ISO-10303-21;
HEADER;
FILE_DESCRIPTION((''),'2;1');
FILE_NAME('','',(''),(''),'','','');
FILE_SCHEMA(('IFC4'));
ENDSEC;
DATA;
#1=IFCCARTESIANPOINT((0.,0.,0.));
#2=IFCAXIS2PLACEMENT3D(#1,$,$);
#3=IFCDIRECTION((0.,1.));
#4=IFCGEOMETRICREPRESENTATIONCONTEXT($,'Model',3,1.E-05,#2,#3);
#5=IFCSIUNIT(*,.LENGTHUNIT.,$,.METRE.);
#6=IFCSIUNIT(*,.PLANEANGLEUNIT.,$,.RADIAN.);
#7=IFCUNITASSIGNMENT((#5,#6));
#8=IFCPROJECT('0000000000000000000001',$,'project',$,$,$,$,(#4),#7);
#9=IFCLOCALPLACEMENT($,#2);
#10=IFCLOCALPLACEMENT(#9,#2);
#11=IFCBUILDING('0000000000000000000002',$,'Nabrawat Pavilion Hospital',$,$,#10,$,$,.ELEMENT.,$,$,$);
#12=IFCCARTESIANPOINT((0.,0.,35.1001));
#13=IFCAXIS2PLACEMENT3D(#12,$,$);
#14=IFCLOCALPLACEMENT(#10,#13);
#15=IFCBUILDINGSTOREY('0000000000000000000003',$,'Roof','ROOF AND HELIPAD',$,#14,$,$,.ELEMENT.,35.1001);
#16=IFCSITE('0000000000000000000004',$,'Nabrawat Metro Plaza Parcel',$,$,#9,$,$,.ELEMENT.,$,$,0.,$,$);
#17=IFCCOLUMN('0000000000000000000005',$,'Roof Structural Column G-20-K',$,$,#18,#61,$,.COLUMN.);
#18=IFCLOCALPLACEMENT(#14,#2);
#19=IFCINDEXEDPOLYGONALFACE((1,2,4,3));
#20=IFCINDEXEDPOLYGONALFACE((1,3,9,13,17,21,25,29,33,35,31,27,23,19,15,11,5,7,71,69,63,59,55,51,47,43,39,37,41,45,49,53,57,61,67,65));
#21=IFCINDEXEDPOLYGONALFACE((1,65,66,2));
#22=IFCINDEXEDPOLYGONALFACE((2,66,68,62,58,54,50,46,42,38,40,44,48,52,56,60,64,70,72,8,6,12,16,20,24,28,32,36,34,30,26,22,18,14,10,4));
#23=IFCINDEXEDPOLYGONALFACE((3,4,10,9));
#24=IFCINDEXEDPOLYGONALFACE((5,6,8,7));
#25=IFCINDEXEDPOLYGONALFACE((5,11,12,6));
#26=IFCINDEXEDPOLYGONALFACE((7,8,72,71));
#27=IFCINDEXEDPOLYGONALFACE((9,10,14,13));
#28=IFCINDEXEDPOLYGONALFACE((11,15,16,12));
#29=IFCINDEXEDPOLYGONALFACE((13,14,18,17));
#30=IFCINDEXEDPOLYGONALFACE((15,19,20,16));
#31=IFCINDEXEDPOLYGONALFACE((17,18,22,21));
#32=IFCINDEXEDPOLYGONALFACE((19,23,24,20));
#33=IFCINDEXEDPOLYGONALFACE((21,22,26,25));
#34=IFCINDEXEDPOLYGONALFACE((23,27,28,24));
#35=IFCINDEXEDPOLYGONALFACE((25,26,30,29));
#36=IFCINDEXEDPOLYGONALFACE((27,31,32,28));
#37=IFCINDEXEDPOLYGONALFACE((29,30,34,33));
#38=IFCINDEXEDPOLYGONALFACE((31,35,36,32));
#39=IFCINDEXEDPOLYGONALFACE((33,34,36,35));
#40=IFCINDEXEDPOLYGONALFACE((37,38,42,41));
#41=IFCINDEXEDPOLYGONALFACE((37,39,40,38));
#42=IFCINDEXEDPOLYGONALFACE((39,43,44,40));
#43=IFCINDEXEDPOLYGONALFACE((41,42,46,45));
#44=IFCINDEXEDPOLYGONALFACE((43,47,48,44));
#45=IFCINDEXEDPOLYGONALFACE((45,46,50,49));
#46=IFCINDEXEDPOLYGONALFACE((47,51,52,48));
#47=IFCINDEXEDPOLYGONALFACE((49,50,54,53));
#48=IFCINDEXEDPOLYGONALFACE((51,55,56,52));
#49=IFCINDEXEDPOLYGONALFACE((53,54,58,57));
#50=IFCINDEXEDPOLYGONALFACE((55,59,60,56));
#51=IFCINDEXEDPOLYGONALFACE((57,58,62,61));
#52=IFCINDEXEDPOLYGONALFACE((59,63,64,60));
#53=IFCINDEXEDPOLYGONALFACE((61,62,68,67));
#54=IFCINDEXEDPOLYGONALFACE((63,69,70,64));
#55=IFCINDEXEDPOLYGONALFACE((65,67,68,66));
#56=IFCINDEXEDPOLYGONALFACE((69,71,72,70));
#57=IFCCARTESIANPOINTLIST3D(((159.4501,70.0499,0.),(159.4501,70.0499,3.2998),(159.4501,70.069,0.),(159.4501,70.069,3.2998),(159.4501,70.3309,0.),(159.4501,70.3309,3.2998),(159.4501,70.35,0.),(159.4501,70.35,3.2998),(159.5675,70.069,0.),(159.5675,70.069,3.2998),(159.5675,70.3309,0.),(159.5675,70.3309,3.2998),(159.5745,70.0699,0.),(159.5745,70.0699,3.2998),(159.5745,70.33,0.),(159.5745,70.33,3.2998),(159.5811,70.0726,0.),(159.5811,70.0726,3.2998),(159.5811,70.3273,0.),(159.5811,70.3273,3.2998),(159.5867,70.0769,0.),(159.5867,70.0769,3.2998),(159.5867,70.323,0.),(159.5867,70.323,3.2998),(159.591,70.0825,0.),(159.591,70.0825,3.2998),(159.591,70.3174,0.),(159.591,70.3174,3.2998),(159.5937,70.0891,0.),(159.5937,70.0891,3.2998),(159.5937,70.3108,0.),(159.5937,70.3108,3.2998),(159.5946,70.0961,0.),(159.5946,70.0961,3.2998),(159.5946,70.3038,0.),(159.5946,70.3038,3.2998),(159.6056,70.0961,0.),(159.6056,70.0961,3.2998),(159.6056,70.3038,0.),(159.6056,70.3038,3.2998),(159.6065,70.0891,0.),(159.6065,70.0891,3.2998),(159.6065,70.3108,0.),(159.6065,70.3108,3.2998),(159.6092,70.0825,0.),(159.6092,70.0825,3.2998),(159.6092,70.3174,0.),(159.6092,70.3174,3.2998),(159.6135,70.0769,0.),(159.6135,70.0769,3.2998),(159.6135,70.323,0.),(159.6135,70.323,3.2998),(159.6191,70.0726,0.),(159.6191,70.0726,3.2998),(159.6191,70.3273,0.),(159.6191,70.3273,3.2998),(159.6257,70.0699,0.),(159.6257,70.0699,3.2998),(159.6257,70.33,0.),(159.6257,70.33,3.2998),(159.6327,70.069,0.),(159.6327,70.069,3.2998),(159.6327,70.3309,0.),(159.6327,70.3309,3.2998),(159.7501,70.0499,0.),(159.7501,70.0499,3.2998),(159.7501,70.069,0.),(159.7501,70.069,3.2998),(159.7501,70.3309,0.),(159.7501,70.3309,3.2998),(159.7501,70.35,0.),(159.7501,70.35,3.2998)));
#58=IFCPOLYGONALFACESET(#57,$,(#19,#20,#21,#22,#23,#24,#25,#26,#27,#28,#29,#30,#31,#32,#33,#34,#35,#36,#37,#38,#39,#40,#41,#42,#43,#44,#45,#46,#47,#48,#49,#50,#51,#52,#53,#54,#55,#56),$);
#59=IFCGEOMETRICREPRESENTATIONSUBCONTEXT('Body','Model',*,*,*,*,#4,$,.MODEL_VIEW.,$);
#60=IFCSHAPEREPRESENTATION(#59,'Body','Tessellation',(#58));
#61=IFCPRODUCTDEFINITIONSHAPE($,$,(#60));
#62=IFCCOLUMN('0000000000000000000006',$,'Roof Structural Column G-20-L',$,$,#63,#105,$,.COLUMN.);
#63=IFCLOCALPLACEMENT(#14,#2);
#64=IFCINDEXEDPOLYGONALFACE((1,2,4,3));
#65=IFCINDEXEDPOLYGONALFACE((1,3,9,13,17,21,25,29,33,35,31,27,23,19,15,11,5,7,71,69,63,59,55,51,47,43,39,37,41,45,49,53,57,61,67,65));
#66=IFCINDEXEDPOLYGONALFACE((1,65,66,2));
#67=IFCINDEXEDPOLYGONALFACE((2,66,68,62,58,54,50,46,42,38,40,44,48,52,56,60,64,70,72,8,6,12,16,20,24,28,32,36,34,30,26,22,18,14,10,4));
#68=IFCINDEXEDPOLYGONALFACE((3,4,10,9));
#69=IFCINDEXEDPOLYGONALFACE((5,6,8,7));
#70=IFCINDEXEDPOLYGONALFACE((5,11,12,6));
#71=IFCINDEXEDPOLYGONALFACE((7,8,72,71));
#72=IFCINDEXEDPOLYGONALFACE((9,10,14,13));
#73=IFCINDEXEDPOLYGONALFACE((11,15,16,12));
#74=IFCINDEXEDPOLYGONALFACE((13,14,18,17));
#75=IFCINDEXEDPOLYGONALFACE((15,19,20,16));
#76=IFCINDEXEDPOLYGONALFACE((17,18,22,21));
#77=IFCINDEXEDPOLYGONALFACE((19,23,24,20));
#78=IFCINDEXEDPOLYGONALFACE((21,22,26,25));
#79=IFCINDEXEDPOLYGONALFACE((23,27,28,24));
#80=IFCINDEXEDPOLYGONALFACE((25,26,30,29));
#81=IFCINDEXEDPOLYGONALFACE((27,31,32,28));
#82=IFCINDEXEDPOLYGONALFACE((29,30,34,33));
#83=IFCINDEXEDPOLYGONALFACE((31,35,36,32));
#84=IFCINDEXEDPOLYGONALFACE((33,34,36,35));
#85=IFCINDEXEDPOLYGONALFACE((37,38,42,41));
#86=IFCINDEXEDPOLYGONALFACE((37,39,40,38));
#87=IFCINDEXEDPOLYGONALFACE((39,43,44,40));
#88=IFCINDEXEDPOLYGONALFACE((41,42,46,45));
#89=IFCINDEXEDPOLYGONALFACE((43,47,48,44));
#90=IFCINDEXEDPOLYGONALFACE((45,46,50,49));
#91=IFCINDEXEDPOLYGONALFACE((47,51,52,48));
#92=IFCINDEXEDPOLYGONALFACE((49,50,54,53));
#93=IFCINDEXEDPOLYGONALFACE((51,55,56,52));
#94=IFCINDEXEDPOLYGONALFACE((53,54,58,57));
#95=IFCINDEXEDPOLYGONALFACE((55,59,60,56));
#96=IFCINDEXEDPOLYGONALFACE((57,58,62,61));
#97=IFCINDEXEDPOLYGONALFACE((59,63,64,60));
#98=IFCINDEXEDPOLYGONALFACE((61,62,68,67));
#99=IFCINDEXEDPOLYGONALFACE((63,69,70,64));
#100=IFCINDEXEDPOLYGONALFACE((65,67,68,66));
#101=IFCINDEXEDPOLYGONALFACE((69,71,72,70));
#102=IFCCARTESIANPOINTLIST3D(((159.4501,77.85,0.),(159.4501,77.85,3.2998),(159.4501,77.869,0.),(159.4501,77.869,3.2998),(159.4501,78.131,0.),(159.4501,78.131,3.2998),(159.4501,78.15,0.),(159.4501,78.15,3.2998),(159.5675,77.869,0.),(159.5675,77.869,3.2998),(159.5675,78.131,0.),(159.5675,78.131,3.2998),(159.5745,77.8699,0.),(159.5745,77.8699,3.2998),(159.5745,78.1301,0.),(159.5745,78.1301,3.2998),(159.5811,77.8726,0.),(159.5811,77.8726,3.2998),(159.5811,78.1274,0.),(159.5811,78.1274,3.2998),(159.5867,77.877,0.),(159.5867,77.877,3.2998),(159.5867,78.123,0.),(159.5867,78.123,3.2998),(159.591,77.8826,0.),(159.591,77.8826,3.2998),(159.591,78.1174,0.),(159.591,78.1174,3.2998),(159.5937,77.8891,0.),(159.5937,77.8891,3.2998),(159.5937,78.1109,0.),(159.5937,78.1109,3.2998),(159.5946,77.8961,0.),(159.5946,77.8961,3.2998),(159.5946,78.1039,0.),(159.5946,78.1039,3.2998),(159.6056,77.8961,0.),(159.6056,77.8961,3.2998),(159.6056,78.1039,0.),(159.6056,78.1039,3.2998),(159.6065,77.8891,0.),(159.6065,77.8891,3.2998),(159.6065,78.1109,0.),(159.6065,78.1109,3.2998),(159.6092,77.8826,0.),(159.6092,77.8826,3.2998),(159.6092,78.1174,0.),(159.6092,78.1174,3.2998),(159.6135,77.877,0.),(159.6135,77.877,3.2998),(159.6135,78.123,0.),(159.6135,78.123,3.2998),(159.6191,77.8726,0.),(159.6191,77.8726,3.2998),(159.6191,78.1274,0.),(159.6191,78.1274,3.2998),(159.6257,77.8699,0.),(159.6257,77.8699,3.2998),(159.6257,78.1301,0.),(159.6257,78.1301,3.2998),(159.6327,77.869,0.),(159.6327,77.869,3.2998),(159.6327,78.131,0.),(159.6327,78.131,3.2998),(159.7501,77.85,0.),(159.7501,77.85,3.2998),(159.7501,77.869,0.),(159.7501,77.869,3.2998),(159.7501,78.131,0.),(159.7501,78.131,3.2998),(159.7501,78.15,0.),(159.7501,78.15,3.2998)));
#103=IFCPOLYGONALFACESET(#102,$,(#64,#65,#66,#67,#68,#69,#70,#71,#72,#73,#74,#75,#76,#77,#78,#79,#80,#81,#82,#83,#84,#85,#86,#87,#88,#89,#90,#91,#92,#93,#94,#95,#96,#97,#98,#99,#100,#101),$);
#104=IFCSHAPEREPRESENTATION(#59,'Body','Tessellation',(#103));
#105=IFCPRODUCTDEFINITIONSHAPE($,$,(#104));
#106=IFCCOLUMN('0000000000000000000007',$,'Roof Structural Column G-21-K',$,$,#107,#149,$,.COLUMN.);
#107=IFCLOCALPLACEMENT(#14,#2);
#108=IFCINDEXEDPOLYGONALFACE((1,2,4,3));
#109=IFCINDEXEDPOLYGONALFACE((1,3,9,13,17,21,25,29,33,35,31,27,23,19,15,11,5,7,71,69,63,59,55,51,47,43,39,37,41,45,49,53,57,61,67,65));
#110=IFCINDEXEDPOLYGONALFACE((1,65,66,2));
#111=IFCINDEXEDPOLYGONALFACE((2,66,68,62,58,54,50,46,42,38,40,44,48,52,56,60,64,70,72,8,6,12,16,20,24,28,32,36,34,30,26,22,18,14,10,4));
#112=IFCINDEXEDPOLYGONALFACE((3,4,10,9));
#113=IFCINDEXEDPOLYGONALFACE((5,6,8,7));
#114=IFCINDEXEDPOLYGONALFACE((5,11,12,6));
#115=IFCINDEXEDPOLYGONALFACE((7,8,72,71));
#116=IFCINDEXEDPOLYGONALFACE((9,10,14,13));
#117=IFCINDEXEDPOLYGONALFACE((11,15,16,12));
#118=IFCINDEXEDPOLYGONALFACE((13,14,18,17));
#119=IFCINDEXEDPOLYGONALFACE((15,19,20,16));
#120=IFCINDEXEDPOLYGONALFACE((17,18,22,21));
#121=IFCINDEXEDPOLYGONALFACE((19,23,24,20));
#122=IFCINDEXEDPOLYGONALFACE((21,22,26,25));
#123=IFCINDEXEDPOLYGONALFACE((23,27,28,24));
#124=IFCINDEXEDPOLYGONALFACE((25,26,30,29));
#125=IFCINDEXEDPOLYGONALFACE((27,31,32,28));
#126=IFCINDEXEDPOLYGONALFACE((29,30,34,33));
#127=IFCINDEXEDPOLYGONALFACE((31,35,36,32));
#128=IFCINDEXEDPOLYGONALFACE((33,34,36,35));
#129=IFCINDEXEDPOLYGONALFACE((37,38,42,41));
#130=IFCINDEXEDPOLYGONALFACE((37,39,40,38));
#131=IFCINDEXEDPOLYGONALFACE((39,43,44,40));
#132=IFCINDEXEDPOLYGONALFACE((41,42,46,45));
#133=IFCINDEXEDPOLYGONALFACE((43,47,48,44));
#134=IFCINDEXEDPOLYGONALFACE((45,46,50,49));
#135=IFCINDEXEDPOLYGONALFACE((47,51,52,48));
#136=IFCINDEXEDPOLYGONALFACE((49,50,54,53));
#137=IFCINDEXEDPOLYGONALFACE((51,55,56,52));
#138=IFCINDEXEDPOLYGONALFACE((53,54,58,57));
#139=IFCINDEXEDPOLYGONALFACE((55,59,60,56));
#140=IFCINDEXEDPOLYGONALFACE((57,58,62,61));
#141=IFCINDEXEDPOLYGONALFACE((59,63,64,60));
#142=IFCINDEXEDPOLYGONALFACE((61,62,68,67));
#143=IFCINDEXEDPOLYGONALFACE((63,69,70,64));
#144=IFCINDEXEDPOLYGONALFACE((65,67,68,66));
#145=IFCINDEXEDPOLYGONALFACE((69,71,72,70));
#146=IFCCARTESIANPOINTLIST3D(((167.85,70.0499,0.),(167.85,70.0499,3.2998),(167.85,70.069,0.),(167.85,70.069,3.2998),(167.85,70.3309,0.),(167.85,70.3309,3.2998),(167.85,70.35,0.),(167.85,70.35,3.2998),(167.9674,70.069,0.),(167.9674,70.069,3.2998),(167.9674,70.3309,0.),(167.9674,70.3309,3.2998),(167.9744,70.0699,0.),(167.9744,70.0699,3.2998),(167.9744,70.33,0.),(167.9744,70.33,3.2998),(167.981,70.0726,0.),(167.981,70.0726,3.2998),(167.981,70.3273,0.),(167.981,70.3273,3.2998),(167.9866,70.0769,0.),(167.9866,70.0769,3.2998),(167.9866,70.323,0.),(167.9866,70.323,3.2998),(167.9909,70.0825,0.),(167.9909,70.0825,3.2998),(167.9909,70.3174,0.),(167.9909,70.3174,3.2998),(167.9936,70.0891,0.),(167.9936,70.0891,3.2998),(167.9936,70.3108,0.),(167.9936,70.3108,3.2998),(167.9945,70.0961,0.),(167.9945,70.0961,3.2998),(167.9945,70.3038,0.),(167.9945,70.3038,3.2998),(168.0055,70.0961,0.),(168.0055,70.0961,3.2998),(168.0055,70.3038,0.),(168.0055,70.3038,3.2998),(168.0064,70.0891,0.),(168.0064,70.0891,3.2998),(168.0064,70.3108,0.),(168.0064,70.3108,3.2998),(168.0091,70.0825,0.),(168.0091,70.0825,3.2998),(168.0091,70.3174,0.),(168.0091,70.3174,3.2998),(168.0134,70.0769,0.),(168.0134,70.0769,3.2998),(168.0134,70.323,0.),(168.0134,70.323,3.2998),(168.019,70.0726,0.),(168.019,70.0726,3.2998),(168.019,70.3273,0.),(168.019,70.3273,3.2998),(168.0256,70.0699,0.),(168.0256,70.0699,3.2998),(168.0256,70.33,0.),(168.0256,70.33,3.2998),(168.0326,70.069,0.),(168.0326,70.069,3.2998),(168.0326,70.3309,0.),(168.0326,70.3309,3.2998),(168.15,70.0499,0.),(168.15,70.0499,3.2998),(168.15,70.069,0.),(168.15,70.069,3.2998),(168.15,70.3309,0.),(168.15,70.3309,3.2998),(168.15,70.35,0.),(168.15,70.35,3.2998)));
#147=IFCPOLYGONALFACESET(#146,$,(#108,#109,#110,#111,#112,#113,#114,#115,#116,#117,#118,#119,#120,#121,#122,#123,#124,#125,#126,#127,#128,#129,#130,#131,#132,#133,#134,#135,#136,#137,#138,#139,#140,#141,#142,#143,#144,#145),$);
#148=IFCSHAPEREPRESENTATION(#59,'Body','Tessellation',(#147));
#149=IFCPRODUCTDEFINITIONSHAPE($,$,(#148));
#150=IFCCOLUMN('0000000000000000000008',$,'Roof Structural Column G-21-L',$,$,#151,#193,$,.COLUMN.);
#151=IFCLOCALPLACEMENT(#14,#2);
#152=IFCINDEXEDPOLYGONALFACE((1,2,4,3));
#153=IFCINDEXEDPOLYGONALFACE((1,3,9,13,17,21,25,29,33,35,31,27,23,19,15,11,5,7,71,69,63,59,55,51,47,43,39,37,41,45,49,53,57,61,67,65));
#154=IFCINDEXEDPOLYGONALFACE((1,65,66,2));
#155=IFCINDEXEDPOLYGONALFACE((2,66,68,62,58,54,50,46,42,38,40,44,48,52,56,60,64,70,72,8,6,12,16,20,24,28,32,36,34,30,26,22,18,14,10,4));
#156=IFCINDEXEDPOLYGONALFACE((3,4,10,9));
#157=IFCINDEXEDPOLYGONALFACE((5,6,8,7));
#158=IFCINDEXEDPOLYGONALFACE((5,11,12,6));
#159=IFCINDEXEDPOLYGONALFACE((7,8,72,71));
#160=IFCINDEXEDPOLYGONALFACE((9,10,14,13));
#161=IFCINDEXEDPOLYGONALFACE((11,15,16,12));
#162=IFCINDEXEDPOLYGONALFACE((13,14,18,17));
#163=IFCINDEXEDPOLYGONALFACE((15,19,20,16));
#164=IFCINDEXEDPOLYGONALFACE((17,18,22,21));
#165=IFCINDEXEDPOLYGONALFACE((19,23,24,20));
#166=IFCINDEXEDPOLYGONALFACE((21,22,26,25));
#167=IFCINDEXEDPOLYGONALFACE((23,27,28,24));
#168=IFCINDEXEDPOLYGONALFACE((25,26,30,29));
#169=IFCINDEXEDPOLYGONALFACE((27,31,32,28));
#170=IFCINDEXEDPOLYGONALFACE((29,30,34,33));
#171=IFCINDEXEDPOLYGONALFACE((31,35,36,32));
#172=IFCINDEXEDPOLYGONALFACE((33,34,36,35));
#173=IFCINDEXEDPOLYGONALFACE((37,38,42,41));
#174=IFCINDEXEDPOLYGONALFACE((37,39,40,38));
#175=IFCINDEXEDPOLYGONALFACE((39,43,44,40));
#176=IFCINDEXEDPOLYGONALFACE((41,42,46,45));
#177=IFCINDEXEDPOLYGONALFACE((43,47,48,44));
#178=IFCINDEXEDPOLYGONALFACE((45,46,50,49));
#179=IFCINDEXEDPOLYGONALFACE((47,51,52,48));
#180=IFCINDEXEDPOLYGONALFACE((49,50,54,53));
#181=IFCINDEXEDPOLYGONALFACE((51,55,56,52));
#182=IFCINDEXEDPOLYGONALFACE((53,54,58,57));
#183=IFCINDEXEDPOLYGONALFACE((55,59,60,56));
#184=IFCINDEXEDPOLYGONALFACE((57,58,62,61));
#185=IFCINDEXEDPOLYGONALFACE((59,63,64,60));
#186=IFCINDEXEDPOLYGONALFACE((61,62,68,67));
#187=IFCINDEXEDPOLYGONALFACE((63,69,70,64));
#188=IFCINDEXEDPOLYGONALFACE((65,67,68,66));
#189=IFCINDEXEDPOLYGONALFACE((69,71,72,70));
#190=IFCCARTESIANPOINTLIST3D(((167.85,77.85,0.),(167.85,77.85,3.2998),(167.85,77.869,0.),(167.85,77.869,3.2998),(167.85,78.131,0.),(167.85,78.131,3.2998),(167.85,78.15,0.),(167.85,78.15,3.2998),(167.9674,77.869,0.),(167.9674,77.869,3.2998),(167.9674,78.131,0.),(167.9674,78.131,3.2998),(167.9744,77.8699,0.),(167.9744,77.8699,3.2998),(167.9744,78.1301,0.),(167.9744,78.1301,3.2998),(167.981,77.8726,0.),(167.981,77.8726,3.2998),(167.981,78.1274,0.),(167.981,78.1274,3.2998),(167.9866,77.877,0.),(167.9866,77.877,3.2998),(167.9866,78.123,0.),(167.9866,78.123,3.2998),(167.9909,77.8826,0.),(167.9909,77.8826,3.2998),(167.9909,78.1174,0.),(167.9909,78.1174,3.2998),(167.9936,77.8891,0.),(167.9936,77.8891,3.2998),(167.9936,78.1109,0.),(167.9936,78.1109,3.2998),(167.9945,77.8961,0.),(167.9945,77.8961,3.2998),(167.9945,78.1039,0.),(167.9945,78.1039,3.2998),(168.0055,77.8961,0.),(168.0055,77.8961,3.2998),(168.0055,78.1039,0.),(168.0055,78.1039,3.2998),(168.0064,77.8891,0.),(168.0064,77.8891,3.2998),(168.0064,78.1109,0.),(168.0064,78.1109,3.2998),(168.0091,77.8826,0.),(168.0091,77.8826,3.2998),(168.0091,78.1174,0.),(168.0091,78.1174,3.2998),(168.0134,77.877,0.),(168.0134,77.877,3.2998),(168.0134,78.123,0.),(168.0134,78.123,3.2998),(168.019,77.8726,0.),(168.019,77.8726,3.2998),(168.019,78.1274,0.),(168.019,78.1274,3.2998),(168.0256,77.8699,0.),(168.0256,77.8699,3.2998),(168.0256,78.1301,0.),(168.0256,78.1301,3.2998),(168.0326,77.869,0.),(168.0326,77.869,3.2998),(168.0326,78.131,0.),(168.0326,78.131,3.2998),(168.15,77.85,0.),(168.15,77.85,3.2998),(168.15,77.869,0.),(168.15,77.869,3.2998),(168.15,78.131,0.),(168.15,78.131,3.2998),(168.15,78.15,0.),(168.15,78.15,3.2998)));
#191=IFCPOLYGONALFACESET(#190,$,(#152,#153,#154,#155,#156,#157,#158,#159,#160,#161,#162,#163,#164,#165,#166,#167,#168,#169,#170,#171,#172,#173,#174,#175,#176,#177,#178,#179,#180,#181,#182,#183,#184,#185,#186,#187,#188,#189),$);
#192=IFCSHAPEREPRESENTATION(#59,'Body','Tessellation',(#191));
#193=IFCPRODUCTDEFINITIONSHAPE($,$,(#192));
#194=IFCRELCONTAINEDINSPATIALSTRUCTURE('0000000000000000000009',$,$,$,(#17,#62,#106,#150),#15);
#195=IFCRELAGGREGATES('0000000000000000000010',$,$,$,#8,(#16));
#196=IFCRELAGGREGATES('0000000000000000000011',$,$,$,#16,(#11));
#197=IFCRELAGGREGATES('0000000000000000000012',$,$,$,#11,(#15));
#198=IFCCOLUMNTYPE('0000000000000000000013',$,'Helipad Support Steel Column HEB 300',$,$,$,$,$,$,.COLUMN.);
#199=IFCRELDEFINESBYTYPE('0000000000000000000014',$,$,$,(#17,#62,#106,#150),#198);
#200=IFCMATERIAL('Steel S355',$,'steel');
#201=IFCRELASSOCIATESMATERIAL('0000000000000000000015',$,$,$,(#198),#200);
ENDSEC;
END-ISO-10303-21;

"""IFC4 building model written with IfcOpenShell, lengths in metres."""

from ifc_helpers import new_model, si_unit, direction, frame, origin, origin_2d, place, context, subcontext, project, spatial, i_section, extrude, material, material_profile, profile_set, type_object, element, save


model = new_model("IFC4")

# Units and contexts
model_context = context("Model", 3, precision=1e-05, world=origin(), true_north=direction((0.0, 1.0)))
body_context = subcontext(model_context, "Body", "Model", "MODEL_VIEW")
ifc_project = project(units=[si_unit("LENGTHUNIT", "METRE"), si_unit("PLANEANGLEUNIT", "RADIAN")], contexts=[model_context])

# Site, building, storey
site_placement = place(None, origin())
site = spatial("IfcSite", under=ifc_project, at=site_placement, Name="Nabrawat Metro Plaza Parcel", CompositionType="ELEMENT", RefElevation=0.0)
building_placement = place(site_placement, origin())
building = spatial("IfcBuilding", under=site, at=building_placement, Name="Nabrawat Pavilion Hospital", CompositionType="ELEMENT")
storey_placement = place(building_placement, frame((0.0, 0.0, 35.1001)))
storey = spatial("IfcBuildingStorey", under=building, at=storey_placement, Name="Roof", Description="ROOF AND HELIPAD", CompositionType="ELEMENT", Elevation=35.1001)

# Columns
ifc_material_1 = material(Name="Steel S355", Category="steel")
ifc_material_profile_1 = material_profile(ifc_material_1, i_section(OverallWidth=0.3, OverallDepth=0.3, WebThickness=0.011, FlangeThickness=0.019, FilletRadius=0.0271, at=origin_2d()), Name="HEB 300")
ifc_profile_set_1 = profile_set([ifc_material_profile_1], Name="Steel S355")
column_type = type_object("IfcColumnType", Name="Helipad Support Steel Column HEB 300", PredefinedType="COLUMN", material=ifc_profile_set_1)
for number, where, z_axis, x_axis, name in (
    (1, (159.6001, 70.2, 0.0), (0.0, 0.0, 1.0), (1.0, 0.0, 0.0), "Roof Structural Column G-20-K"),
    (2, (159.6001, 78.0, 0.0), (0.0, 0.0, 1.0), (1.0, 0.0, 0.0), "Roof Structural Column G-20-L"),
    (3, (168.0, 70.2, 0.0), (0.0, 0.0, 1.0), (1.0, 0.0, 0.0), "Roof Structural Column G-21-K"),
    (4, (168.0, 78.0, 0.0), (0.0, 0.0, 1.0), (1.0, 0.0, 0.0), "Roof Structural Column G-21-L"),
):
    element("IfcColumn", number, at=place(storey_placement, frame(where, z_axis=z_axis, x_axis=x_axis)), inside=storey, type_object=column_type, Name=name, PredefinedType="COLUMN", context=body_context, shape_type="SweptSolid", body=[
        extrude(i_section(OverallWidth=0.3, OverallDepth=0.3, WebThickness=0.011, FlangeThickness=0.019, FilletRadius=0.0271, at=origin_2d()), origin(), (0.0, 0.0, 1.0), 3.2998),
    ])

save(model, "model.ifc")
